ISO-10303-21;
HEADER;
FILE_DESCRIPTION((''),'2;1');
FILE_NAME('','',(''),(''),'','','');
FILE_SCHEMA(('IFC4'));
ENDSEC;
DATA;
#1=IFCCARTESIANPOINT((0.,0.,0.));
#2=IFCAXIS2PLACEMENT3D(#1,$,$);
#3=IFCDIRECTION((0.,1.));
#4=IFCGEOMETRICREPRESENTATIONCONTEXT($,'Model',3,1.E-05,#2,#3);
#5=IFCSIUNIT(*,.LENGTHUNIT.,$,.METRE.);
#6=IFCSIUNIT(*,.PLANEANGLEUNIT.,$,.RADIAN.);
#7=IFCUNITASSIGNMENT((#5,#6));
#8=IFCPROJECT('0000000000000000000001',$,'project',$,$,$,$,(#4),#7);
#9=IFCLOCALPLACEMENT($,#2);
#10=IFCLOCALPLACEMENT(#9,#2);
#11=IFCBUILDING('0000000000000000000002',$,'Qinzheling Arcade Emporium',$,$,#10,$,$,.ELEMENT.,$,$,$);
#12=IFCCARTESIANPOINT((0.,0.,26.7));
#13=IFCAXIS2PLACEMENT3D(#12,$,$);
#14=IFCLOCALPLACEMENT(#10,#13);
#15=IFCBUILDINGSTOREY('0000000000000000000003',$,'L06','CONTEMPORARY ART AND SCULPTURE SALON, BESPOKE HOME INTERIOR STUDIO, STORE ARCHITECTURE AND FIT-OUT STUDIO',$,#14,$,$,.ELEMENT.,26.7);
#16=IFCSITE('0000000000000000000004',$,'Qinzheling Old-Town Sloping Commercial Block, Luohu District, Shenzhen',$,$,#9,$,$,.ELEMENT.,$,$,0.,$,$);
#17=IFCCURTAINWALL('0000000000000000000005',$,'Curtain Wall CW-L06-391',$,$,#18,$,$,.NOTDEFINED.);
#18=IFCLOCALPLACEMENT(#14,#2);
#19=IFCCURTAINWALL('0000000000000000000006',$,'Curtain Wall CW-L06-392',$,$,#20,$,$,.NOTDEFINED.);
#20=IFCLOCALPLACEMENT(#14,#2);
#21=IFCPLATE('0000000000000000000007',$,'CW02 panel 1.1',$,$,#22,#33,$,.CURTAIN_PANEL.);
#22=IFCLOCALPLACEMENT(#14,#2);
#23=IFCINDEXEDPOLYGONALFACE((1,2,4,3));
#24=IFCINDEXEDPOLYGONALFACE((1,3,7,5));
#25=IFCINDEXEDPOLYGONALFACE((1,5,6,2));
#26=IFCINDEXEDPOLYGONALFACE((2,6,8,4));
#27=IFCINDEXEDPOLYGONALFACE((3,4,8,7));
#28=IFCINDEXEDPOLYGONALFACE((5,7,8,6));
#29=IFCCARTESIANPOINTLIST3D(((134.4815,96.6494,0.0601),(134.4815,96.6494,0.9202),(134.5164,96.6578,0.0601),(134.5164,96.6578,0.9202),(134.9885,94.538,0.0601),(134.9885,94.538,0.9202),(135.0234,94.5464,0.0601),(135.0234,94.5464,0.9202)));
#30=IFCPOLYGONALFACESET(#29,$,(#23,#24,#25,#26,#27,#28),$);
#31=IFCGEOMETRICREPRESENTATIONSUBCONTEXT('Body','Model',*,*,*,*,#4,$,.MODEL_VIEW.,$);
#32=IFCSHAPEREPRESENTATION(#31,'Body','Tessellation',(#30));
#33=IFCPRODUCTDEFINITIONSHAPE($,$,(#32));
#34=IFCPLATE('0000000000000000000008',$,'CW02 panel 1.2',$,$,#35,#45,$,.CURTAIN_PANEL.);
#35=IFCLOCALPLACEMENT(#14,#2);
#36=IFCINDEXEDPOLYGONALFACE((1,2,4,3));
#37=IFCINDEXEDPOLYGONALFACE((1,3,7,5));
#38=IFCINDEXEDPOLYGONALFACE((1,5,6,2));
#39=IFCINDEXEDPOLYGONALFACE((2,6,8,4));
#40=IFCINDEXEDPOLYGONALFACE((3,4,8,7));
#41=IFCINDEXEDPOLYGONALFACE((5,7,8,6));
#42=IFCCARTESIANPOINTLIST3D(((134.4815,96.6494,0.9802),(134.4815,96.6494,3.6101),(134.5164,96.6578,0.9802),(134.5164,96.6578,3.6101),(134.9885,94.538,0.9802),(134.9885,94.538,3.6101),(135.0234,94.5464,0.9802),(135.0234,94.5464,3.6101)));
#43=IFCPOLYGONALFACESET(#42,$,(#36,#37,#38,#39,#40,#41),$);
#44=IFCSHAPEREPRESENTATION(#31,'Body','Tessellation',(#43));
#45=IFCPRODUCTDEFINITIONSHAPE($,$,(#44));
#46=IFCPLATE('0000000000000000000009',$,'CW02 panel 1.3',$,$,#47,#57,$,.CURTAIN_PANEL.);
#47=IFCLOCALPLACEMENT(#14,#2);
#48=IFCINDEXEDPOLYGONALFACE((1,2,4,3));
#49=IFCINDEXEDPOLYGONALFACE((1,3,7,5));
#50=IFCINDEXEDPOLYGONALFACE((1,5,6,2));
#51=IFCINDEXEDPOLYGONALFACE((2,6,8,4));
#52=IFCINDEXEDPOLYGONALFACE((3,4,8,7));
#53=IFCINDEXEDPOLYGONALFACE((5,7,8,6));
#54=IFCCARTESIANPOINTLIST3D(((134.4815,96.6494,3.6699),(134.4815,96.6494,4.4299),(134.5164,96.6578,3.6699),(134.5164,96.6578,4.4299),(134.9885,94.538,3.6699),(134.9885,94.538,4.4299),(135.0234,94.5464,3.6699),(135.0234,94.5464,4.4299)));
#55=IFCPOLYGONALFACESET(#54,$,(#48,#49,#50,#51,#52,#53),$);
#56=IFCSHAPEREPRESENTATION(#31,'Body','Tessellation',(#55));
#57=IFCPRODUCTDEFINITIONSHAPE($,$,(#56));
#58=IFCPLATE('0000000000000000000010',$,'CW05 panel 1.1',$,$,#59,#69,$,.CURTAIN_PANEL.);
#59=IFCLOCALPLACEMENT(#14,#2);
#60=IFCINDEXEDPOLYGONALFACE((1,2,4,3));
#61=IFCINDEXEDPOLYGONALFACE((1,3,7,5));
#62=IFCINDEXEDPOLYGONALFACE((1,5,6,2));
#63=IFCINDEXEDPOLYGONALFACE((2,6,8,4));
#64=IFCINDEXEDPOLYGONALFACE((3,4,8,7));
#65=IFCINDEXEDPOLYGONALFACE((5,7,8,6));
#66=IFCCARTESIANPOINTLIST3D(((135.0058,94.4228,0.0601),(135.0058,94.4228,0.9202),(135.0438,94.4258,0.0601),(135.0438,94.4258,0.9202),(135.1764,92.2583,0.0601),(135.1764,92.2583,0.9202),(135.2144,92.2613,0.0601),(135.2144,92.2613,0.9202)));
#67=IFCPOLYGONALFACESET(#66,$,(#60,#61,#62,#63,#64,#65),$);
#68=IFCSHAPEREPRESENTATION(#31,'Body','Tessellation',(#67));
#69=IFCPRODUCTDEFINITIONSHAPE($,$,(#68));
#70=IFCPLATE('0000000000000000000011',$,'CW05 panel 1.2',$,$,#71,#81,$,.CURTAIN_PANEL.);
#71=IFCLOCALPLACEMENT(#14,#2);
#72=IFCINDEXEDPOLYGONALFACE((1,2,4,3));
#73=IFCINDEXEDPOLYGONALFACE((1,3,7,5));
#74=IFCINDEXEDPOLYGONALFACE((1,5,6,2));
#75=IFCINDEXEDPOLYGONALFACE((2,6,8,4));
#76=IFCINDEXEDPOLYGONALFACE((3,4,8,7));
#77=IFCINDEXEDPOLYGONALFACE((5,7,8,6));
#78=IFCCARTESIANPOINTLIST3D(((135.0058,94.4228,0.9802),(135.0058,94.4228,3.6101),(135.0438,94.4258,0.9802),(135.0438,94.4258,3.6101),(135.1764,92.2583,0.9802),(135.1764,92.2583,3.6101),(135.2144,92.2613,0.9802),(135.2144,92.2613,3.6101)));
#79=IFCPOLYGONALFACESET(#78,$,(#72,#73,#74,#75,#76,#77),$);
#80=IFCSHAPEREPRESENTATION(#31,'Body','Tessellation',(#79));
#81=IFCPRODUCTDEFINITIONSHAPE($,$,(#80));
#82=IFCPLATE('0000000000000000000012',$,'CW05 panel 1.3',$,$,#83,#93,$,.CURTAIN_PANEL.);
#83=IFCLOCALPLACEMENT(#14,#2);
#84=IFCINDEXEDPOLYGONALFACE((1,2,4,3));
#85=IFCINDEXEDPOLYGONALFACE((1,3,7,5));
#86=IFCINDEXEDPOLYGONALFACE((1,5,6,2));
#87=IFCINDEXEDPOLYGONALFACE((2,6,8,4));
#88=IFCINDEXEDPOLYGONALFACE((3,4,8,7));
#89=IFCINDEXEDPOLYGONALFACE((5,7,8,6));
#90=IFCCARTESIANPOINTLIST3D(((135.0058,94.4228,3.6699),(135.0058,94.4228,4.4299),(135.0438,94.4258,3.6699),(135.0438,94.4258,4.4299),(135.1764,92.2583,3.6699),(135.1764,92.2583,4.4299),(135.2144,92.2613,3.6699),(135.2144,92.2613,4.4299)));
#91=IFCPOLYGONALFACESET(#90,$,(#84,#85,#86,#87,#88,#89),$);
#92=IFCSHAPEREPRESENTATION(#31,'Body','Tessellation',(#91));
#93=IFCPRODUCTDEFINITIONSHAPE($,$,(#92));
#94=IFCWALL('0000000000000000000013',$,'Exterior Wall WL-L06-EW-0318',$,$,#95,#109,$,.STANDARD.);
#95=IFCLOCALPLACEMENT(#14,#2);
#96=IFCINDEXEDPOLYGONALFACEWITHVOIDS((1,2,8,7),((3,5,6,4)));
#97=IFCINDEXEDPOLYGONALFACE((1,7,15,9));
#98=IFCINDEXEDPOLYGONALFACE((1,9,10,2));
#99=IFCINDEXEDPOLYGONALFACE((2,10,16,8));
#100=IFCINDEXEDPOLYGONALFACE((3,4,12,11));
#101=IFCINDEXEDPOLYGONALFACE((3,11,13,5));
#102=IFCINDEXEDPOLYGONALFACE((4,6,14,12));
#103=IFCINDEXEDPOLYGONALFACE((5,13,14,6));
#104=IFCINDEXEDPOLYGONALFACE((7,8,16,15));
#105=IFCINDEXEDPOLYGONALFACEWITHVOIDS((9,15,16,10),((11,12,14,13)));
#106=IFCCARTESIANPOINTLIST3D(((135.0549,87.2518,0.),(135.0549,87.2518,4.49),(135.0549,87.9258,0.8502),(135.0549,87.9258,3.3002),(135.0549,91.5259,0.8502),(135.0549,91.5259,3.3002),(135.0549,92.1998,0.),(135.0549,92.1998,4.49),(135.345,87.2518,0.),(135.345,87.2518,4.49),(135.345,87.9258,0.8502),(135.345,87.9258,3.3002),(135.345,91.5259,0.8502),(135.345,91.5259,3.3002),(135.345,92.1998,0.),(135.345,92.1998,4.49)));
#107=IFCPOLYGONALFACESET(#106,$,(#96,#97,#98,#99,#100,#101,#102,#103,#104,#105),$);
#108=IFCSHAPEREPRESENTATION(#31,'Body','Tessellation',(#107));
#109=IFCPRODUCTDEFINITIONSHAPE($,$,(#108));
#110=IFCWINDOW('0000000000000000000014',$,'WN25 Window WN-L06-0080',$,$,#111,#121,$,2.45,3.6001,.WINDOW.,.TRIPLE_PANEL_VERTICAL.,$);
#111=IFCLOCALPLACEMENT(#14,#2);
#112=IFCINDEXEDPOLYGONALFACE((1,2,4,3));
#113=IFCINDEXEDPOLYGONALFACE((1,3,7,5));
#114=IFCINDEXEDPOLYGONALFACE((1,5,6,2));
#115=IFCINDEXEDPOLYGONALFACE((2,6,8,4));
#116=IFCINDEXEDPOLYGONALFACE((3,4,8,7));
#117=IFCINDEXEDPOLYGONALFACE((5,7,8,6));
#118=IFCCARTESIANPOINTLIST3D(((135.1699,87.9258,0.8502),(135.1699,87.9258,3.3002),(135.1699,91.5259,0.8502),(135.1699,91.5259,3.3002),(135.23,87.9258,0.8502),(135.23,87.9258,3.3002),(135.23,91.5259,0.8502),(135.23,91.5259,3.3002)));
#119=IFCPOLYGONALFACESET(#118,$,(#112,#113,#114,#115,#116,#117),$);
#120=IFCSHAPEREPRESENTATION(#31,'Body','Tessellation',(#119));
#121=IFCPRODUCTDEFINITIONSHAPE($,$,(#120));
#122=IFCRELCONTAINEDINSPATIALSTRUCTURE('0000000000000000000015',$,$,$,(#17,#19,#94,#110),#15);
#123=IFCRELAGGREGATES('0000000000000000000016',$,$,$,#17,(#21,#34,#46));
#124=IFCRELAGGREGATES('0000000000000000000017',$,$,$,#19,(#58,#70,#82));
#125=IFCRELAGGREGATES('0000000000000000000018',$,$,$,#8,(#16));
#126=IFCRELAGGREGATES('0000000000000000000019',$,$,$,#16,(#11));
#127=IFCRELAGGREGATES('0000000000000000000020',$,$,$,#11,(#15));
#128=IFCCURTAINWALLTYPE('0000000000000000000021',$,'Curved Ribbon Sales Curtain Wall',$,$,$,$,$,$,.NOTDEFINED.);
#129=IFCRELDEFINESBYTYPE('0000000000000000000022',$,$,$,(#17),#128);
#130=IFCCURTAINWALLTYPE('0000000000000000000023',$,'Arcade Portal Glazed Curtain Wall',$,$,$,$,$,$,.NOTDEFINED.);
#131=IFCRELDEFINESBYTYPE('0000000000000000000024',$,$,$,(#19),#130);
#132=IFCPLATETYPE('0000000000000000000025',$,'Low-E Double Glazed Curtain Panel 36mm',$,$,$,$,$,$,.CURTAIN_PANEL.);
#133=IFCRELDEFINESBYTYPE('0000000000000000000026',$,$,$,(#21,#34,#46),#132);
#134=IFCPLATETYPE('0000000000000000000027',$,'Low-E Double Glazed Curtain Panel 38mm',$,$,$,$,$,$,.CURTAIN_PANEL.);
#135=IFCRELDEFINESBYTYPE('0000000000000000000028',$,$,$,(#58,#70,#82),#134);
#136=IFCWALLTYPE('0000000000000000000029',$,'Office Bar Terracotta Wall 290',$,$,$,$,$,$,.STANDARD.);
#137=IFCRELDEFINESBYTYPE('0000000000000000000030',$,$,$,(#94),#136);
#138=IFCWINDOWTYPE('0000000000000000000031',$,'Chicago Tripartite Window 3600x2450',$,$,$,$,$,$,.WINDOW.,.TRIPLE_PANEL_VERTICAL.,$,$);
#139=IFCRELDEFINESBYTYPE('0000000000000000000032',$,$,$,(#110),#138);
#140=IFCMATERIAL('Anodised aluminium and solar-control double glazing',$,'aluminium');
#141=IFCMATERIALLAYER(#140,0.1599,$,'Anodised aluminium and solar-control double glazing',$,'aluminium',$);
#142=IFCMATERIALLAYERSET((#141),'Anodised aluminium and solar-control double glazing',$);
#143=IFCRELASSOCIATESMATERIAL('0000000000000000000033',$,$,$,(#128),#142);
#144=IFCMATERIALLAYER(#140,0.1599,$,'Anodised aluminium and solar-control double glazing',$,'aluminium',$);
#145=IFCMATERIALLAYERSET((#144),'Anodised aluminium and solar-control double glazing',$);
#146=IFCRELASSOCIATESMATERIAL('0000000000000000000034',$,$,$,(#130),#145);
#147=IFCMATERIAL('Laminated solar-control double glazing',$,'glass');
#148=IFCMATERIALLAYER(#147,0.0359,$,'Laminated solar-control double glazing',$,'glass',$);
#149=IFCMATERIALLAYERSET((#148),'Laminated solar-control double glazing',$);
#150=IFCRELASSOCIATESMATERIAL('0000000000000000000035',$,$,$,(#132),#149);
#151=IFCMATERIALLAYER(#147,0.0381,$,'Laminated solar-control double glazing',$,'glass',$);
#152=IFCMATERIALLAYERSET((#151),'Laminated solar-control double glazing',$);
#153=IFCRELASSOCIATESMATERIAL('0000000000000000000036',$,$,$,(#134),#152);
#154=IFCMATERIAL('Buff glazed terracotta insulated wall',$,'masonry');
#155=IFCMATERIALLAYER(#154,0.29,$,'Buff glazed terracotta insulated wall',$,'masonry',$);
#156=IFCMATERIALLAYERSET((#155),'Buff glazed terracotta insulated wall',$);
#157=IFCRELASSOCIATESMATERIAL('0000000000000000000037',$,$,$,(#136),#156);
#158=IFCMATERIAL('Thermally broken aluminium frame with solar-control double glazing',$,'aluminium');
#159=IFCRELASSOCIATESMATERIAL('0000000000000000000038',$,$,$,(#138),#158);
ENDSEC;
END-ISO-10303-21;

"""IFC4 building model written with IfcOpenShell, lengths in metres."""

from ifc_helpers import new_model, si_unit, direction, frame, frame_2d, origin, origin_2d, place, context, subcontext, project, spatial, rectangle, extrude, material, layer, layer_set, type_object, element, fill, aggregate, save


model = new_model("IFC4")

# Units and contexts
model_context = context("Model", 3, precision=1e-05, world=origin(), true_north=direction((0.0, 1.0)))
body_context = subcontext(model_context, "Body", "Model", "MODEL_VIEW")
ifc_project = project(units=[si_unit("LENGTHUNIT", "METRE"), si_unit("PLANEANGLEUNIT", "RADIAN")], contexts=[model_context])

# Site, building, storey
site_placement = place(None, origin())
site = spatial("IfcSite", under=ifc_project, at=site_placement, Name="Qinzheling Old-Town Sloping Commercial Block, Luohu District, Shenzhen", CompositionType="ELEMENT", RefElevation=0.0)
building_placement = place(site_placement, origin())
building = spatial("IfcBuilding", under=site, at=building_placement, Name="Qinzheling Arcade Emporium", CompositionType="ELEMENT")
storey_placement = place(building_placement, frame((0.0, 0.0, 26.7)))
storey = spatial("IfcBuildingStorey", under=building, at=storey_placement, Name="L06", Description="CONTEMPORARY ART AND SCULPTURE SALON, BESPOKE HOME INTERIOR STUDIO, STORE ARCHITECTURE AND FIT-OUT STUDIO", CompositionType="ELEMENT", Elevation=26.7)

# Shared definitions
ifc_material_1 = material(Name="Anodised aluminium and solar-control double glazing", Category="aluminium")
ifc_layer_1 = layer(ifc_material_1, 0.1599, Name="Anodised aluminium and solar-control double glazing", Category="aluminium")
ifc_layer_set_1 = layer_set([ifc_layer_1], Name="Anodised aluminium and solar-control double glazing")
curtain_wall_type_1 = type_object("IfcCurtainWallType", Name="Curved Ribbon Sales Curtain Wall", PredefinedType="NOTDEFINED", material=ifc_layer_set_1)

# Curtain walls
curtain_wall_1_placement = place(storey_placement, origin())
curtain_wall_1 = element("IfcCurtainWall", 1, at=curtain_wall_1_placement, inside=storey, type_object=curtain_wall_type_1, Name="Curtain Wall CW-L06-391", PredefinedType="NOTDEFINED")
ifc_layer_2 = layer(ifc_material_1, 0.1599, Name="Anodised aluminium and solar-control double glazing", Category="aluminium")
ifc_layer_set_2 = layer_set([ifc_layer_2], Name="Anodised aluminium and solar-control double glazing")
curtain_wall_type_2 = type_object("IfcCurtainWallType", Name="Arcade Portal Glazed Curtain Wall", PredefinedType="NOTDEFINED", material=ifc_layer_set_2)
curtain_wall_2_placement = place(storey_placement, origin())
curtain_wall_2 = element("IfcCurtainWall", 2, at=curtain_wall_2_placement, inside=storey, type_object=curtain_wall_type_2, Name="Curtain Wall CW-L06-392", PredefinedType="NOTDEFINED")

# Plates
ifc_material_2 = material(Name="Laminated solar-control double glazing", Category="glass")
ifc_layer_3 = layer(ifc_material_2, 0.0359, Name="Laminated solar-control double glazing", Category="glass")
ifc_layer_set_3 = layer_set([ifc_layer_3], Name="Laminated solar-control double glazing")
plate_type_1 = type_object("IfcPlateType", Name="Low-E Double Glazed Curtain Panel 36mm", PredefinedType="CURTAIN_PANEL", material=ifc_layer_set_3)
plate_1_placement = place(storey_placement, frame((134.7524, 95.5979, 0.0601), z_axis=(0.0, 0.0, 1.0), x_axis=(0.233488, -0.97236, 0.0)))
plate_1 = element("IfcPlate", 3, at=plate_1_placement, type_object=plate_type_1, Name="CW02 panel 1.1", PredefinedType="CURTAIN_PANEL", context=body_context, shape_type="SweptSolid", body=[
    extrude(rectangle(XDim=2.1714, YDim=0.0359, at=origin_2d()), origin(), (0.0, 0.0, 1.0), 0.8601),
])
plate_2_placement = place(storey_placement, frame((134.7524, 95.5979, 0.9802), z_axis=(0.0, 0.0, 1.0), x_axis=(0.233488, -0.97236, 0.0)))
plate_2 = element("IfcPlate", 4, at=plate_2_placement, type_object=plate_type_1, Name="CW02 panel 1.2", PredefinedType="CURTAIN_PANEL", context=body_context, shape_type="SweptSolid", body=[
    extrude(rectangle(XDim=2.1714, YDim=0.0359, at=origin_2d()), origin(), (0.0, 0.0, 1.0), 2.6299),
])
plate_3_placement = place(storey_placement, frame((134.7524, 95.5979, 3.6699), z_axis=(0.0, 0.0, 1.0), x_axis=(0.233488, -0.97236, 0.0)))
plate_3 = element("IfcPlate", 5, at=plate_3_placement, type_object=plate_type_1, Name="CW02 panel 1.3", PredefinedType="CURTAIN_PANEL", context=body_context, shape_type="SweptSolid", body=[
    extrude(rectangle(XDim=2.1714, YDim=0.0359, at=origin_2d()), origin(), (0.0, 0.0, 1.0), 0.76),
])
aggregate(curtain_wall_1, [plate_1, plate_2, plate_3])
ifc_layer_4 = layer(ifc_material_2, 0.0381, Name="Laminated solar-control double glazing", Category="glass")
ifc_layer_set_4 = layer_set([ifc_layer_4], Name="Laminated solar-control double glazing")
plate_type_2 = type_object("IfcPlateType", Name="Low-E Double Glazed Curtain Panel 38mm", PredefinedType="CURTAIN_PANEL", material=ifc_layer_set_4)
plate_4_placement = place(storey_placement, frame((135.1101, 93.342, 0.0601), z_axis=(0.0, 0.0, 1.0), x_axis=(0.078566, -0.996909, 0.0)))
plate_4 = element("IfcPlate", 6, at=plate_4_placement, type_object=plate_type_2, Name="CW05 panel 1.1", PredefinedType="CURTAIN_PANEL", context=body_context, shape_type="SweptSolid", body=[
    extrude(rectangle(XDim=2.1711, YDim=0.0381, at=origin_2d()), origin(), (0.0, 0.0, 1.0), 0.8601),
])
plate_5_placement = place(storey_placement, frame((135.1101, 93.342, 0.9802), z_axis=(0.0, 0.0, 1.0), x_axis=(0.078566, -0.996909, 0.0)))
plate_5 = element("IfcPlate", 7, at=plate_5_placement, type_object=plate_type_2, Name="CW05 panel 1.2", PredefinedType="CURTAIN_PANEL", context=body_context, shape_type="SweptSolid", body=[
    extrude(rectangle(XDim=2.1711, YDim=0.0381, at=origin_2d()), origin(), (0.0, 0.0, 1.0), 2.6299),
])
plate_6_placement = place(storey_placement, frame((135.1101, 93.342, 3.6699), z_axis=(0.0, 0.0, 1.0), x_axis=(0.078566, -0.996909, 0.0)))
plate_6 = element("IfcPlate", 8, at=plate_6_placement, type_object=plate_type_2, Name="CW05 panel 1.3", PredefinedType="CURTAIN_PANEL", context=body_context, shape_type="SweptSolid", body=[
    extrude(rectangle(XDim=2.1711, YDim=0.0381, at=origin_2d()), origin(), (0.0, 0.0, 1.0), 0.76),
])
aggregate(curtain_wall_2, [plate_4, plate_5, plate_6])

# Wall, opening, window
ifc_material_3 = material(Name="Buff glazed terracotta insulated wall", Category="masonry")
ifc_layer_5 = layer(ifc_material_3, 0.29, Name="Buff glazed terracotta insulated wall", Category="masonry")
ifc_layer_set_5 = layer_set([ifc_layer_5], Name="Buff glazed terracotta insulated wall")
wall_type = type_object("IfcWallType", Name="Office Bar Terracotta Wall 290", PredefinedType="STANDARD", material=ifc_layer_set_5)
wall_placement = place(storey_placement, frame((135.2, 92.2, 0.0), z_axis=(0.0, 0.0, 1.0), x_axis=(0.0, -1.0, 0.0)))
wall = element("IfcWall", 9, at=wall_placement, inside=storey, type_object=wall_type, Name="Exterior Wall WL-L06-EW-0318", PredefinedType="STANDARD", context=body_context, shape_type="SweptSolid", body=[
    extrude(rectangle(XDim=4.948, YDim=0.29, at=frame_2d((2.4741, 0.0))), origin(), (0.0, 0.0, 1.0), 4.49),
])
opening_placement = place(wall_placement, frame((0.6741, 0.0, 0.8501)))
opening = element("IfcOpeningElement", 10, at=opening_placement, cuts=wall, PredefinedType="OPENING", context=body_context, shape_type="SweptSolid", body=[
    extrude(rectangle(XDim=3.6001, YDim=2.45, at=frame_2d((1.8, 1.2251))), frame((0.0, 0.155, 0.0), z_axis=(0.0, -1.0, 0.0), x_axis=(1.0, 0.0, 0.0)), (0.0, 0.0, 1.0), 0.3101),
])
ifc_material_4 = material(Name="Thermally broken aluminium frame with solar-control double glazing", Category="aluminium")
window_type = type_object("IfcWindowType", Name="Chicago Tripartite Window 3600x2450", PartitioningType="TRIPLE_PANEL_VERTICAL", PredefinedType="WINDOW", material=ifc_material_4)
window_placement = place(opening_placement, origin())
window = element("IfcWindow", 11, at=window_placement, inside=storey, type_object=window_type, Name="WN25 Window WN-L06-0080", OverallHeight=2.45, OverallWidth=3.6001, PartitioningType="TRIPLE_PANEL_VERTICAL", PredefinedType="WINDOW", context=body_context, shape_type="SweptSolid", body=[
    extrude(rectangle(XDim=3.6001, YDim=2.45, at=frame_2d((1.8, 1.2251))), frame((0.0, 0.03, 0.0), z_axis=(0.0, -1.0, 0.0), x_axis=(1.0, 0.0, 0.0)), (0.0, 0.0, 1.0), 0.0601),
])
fill(opening, window)

save(model, "model.ifc")
